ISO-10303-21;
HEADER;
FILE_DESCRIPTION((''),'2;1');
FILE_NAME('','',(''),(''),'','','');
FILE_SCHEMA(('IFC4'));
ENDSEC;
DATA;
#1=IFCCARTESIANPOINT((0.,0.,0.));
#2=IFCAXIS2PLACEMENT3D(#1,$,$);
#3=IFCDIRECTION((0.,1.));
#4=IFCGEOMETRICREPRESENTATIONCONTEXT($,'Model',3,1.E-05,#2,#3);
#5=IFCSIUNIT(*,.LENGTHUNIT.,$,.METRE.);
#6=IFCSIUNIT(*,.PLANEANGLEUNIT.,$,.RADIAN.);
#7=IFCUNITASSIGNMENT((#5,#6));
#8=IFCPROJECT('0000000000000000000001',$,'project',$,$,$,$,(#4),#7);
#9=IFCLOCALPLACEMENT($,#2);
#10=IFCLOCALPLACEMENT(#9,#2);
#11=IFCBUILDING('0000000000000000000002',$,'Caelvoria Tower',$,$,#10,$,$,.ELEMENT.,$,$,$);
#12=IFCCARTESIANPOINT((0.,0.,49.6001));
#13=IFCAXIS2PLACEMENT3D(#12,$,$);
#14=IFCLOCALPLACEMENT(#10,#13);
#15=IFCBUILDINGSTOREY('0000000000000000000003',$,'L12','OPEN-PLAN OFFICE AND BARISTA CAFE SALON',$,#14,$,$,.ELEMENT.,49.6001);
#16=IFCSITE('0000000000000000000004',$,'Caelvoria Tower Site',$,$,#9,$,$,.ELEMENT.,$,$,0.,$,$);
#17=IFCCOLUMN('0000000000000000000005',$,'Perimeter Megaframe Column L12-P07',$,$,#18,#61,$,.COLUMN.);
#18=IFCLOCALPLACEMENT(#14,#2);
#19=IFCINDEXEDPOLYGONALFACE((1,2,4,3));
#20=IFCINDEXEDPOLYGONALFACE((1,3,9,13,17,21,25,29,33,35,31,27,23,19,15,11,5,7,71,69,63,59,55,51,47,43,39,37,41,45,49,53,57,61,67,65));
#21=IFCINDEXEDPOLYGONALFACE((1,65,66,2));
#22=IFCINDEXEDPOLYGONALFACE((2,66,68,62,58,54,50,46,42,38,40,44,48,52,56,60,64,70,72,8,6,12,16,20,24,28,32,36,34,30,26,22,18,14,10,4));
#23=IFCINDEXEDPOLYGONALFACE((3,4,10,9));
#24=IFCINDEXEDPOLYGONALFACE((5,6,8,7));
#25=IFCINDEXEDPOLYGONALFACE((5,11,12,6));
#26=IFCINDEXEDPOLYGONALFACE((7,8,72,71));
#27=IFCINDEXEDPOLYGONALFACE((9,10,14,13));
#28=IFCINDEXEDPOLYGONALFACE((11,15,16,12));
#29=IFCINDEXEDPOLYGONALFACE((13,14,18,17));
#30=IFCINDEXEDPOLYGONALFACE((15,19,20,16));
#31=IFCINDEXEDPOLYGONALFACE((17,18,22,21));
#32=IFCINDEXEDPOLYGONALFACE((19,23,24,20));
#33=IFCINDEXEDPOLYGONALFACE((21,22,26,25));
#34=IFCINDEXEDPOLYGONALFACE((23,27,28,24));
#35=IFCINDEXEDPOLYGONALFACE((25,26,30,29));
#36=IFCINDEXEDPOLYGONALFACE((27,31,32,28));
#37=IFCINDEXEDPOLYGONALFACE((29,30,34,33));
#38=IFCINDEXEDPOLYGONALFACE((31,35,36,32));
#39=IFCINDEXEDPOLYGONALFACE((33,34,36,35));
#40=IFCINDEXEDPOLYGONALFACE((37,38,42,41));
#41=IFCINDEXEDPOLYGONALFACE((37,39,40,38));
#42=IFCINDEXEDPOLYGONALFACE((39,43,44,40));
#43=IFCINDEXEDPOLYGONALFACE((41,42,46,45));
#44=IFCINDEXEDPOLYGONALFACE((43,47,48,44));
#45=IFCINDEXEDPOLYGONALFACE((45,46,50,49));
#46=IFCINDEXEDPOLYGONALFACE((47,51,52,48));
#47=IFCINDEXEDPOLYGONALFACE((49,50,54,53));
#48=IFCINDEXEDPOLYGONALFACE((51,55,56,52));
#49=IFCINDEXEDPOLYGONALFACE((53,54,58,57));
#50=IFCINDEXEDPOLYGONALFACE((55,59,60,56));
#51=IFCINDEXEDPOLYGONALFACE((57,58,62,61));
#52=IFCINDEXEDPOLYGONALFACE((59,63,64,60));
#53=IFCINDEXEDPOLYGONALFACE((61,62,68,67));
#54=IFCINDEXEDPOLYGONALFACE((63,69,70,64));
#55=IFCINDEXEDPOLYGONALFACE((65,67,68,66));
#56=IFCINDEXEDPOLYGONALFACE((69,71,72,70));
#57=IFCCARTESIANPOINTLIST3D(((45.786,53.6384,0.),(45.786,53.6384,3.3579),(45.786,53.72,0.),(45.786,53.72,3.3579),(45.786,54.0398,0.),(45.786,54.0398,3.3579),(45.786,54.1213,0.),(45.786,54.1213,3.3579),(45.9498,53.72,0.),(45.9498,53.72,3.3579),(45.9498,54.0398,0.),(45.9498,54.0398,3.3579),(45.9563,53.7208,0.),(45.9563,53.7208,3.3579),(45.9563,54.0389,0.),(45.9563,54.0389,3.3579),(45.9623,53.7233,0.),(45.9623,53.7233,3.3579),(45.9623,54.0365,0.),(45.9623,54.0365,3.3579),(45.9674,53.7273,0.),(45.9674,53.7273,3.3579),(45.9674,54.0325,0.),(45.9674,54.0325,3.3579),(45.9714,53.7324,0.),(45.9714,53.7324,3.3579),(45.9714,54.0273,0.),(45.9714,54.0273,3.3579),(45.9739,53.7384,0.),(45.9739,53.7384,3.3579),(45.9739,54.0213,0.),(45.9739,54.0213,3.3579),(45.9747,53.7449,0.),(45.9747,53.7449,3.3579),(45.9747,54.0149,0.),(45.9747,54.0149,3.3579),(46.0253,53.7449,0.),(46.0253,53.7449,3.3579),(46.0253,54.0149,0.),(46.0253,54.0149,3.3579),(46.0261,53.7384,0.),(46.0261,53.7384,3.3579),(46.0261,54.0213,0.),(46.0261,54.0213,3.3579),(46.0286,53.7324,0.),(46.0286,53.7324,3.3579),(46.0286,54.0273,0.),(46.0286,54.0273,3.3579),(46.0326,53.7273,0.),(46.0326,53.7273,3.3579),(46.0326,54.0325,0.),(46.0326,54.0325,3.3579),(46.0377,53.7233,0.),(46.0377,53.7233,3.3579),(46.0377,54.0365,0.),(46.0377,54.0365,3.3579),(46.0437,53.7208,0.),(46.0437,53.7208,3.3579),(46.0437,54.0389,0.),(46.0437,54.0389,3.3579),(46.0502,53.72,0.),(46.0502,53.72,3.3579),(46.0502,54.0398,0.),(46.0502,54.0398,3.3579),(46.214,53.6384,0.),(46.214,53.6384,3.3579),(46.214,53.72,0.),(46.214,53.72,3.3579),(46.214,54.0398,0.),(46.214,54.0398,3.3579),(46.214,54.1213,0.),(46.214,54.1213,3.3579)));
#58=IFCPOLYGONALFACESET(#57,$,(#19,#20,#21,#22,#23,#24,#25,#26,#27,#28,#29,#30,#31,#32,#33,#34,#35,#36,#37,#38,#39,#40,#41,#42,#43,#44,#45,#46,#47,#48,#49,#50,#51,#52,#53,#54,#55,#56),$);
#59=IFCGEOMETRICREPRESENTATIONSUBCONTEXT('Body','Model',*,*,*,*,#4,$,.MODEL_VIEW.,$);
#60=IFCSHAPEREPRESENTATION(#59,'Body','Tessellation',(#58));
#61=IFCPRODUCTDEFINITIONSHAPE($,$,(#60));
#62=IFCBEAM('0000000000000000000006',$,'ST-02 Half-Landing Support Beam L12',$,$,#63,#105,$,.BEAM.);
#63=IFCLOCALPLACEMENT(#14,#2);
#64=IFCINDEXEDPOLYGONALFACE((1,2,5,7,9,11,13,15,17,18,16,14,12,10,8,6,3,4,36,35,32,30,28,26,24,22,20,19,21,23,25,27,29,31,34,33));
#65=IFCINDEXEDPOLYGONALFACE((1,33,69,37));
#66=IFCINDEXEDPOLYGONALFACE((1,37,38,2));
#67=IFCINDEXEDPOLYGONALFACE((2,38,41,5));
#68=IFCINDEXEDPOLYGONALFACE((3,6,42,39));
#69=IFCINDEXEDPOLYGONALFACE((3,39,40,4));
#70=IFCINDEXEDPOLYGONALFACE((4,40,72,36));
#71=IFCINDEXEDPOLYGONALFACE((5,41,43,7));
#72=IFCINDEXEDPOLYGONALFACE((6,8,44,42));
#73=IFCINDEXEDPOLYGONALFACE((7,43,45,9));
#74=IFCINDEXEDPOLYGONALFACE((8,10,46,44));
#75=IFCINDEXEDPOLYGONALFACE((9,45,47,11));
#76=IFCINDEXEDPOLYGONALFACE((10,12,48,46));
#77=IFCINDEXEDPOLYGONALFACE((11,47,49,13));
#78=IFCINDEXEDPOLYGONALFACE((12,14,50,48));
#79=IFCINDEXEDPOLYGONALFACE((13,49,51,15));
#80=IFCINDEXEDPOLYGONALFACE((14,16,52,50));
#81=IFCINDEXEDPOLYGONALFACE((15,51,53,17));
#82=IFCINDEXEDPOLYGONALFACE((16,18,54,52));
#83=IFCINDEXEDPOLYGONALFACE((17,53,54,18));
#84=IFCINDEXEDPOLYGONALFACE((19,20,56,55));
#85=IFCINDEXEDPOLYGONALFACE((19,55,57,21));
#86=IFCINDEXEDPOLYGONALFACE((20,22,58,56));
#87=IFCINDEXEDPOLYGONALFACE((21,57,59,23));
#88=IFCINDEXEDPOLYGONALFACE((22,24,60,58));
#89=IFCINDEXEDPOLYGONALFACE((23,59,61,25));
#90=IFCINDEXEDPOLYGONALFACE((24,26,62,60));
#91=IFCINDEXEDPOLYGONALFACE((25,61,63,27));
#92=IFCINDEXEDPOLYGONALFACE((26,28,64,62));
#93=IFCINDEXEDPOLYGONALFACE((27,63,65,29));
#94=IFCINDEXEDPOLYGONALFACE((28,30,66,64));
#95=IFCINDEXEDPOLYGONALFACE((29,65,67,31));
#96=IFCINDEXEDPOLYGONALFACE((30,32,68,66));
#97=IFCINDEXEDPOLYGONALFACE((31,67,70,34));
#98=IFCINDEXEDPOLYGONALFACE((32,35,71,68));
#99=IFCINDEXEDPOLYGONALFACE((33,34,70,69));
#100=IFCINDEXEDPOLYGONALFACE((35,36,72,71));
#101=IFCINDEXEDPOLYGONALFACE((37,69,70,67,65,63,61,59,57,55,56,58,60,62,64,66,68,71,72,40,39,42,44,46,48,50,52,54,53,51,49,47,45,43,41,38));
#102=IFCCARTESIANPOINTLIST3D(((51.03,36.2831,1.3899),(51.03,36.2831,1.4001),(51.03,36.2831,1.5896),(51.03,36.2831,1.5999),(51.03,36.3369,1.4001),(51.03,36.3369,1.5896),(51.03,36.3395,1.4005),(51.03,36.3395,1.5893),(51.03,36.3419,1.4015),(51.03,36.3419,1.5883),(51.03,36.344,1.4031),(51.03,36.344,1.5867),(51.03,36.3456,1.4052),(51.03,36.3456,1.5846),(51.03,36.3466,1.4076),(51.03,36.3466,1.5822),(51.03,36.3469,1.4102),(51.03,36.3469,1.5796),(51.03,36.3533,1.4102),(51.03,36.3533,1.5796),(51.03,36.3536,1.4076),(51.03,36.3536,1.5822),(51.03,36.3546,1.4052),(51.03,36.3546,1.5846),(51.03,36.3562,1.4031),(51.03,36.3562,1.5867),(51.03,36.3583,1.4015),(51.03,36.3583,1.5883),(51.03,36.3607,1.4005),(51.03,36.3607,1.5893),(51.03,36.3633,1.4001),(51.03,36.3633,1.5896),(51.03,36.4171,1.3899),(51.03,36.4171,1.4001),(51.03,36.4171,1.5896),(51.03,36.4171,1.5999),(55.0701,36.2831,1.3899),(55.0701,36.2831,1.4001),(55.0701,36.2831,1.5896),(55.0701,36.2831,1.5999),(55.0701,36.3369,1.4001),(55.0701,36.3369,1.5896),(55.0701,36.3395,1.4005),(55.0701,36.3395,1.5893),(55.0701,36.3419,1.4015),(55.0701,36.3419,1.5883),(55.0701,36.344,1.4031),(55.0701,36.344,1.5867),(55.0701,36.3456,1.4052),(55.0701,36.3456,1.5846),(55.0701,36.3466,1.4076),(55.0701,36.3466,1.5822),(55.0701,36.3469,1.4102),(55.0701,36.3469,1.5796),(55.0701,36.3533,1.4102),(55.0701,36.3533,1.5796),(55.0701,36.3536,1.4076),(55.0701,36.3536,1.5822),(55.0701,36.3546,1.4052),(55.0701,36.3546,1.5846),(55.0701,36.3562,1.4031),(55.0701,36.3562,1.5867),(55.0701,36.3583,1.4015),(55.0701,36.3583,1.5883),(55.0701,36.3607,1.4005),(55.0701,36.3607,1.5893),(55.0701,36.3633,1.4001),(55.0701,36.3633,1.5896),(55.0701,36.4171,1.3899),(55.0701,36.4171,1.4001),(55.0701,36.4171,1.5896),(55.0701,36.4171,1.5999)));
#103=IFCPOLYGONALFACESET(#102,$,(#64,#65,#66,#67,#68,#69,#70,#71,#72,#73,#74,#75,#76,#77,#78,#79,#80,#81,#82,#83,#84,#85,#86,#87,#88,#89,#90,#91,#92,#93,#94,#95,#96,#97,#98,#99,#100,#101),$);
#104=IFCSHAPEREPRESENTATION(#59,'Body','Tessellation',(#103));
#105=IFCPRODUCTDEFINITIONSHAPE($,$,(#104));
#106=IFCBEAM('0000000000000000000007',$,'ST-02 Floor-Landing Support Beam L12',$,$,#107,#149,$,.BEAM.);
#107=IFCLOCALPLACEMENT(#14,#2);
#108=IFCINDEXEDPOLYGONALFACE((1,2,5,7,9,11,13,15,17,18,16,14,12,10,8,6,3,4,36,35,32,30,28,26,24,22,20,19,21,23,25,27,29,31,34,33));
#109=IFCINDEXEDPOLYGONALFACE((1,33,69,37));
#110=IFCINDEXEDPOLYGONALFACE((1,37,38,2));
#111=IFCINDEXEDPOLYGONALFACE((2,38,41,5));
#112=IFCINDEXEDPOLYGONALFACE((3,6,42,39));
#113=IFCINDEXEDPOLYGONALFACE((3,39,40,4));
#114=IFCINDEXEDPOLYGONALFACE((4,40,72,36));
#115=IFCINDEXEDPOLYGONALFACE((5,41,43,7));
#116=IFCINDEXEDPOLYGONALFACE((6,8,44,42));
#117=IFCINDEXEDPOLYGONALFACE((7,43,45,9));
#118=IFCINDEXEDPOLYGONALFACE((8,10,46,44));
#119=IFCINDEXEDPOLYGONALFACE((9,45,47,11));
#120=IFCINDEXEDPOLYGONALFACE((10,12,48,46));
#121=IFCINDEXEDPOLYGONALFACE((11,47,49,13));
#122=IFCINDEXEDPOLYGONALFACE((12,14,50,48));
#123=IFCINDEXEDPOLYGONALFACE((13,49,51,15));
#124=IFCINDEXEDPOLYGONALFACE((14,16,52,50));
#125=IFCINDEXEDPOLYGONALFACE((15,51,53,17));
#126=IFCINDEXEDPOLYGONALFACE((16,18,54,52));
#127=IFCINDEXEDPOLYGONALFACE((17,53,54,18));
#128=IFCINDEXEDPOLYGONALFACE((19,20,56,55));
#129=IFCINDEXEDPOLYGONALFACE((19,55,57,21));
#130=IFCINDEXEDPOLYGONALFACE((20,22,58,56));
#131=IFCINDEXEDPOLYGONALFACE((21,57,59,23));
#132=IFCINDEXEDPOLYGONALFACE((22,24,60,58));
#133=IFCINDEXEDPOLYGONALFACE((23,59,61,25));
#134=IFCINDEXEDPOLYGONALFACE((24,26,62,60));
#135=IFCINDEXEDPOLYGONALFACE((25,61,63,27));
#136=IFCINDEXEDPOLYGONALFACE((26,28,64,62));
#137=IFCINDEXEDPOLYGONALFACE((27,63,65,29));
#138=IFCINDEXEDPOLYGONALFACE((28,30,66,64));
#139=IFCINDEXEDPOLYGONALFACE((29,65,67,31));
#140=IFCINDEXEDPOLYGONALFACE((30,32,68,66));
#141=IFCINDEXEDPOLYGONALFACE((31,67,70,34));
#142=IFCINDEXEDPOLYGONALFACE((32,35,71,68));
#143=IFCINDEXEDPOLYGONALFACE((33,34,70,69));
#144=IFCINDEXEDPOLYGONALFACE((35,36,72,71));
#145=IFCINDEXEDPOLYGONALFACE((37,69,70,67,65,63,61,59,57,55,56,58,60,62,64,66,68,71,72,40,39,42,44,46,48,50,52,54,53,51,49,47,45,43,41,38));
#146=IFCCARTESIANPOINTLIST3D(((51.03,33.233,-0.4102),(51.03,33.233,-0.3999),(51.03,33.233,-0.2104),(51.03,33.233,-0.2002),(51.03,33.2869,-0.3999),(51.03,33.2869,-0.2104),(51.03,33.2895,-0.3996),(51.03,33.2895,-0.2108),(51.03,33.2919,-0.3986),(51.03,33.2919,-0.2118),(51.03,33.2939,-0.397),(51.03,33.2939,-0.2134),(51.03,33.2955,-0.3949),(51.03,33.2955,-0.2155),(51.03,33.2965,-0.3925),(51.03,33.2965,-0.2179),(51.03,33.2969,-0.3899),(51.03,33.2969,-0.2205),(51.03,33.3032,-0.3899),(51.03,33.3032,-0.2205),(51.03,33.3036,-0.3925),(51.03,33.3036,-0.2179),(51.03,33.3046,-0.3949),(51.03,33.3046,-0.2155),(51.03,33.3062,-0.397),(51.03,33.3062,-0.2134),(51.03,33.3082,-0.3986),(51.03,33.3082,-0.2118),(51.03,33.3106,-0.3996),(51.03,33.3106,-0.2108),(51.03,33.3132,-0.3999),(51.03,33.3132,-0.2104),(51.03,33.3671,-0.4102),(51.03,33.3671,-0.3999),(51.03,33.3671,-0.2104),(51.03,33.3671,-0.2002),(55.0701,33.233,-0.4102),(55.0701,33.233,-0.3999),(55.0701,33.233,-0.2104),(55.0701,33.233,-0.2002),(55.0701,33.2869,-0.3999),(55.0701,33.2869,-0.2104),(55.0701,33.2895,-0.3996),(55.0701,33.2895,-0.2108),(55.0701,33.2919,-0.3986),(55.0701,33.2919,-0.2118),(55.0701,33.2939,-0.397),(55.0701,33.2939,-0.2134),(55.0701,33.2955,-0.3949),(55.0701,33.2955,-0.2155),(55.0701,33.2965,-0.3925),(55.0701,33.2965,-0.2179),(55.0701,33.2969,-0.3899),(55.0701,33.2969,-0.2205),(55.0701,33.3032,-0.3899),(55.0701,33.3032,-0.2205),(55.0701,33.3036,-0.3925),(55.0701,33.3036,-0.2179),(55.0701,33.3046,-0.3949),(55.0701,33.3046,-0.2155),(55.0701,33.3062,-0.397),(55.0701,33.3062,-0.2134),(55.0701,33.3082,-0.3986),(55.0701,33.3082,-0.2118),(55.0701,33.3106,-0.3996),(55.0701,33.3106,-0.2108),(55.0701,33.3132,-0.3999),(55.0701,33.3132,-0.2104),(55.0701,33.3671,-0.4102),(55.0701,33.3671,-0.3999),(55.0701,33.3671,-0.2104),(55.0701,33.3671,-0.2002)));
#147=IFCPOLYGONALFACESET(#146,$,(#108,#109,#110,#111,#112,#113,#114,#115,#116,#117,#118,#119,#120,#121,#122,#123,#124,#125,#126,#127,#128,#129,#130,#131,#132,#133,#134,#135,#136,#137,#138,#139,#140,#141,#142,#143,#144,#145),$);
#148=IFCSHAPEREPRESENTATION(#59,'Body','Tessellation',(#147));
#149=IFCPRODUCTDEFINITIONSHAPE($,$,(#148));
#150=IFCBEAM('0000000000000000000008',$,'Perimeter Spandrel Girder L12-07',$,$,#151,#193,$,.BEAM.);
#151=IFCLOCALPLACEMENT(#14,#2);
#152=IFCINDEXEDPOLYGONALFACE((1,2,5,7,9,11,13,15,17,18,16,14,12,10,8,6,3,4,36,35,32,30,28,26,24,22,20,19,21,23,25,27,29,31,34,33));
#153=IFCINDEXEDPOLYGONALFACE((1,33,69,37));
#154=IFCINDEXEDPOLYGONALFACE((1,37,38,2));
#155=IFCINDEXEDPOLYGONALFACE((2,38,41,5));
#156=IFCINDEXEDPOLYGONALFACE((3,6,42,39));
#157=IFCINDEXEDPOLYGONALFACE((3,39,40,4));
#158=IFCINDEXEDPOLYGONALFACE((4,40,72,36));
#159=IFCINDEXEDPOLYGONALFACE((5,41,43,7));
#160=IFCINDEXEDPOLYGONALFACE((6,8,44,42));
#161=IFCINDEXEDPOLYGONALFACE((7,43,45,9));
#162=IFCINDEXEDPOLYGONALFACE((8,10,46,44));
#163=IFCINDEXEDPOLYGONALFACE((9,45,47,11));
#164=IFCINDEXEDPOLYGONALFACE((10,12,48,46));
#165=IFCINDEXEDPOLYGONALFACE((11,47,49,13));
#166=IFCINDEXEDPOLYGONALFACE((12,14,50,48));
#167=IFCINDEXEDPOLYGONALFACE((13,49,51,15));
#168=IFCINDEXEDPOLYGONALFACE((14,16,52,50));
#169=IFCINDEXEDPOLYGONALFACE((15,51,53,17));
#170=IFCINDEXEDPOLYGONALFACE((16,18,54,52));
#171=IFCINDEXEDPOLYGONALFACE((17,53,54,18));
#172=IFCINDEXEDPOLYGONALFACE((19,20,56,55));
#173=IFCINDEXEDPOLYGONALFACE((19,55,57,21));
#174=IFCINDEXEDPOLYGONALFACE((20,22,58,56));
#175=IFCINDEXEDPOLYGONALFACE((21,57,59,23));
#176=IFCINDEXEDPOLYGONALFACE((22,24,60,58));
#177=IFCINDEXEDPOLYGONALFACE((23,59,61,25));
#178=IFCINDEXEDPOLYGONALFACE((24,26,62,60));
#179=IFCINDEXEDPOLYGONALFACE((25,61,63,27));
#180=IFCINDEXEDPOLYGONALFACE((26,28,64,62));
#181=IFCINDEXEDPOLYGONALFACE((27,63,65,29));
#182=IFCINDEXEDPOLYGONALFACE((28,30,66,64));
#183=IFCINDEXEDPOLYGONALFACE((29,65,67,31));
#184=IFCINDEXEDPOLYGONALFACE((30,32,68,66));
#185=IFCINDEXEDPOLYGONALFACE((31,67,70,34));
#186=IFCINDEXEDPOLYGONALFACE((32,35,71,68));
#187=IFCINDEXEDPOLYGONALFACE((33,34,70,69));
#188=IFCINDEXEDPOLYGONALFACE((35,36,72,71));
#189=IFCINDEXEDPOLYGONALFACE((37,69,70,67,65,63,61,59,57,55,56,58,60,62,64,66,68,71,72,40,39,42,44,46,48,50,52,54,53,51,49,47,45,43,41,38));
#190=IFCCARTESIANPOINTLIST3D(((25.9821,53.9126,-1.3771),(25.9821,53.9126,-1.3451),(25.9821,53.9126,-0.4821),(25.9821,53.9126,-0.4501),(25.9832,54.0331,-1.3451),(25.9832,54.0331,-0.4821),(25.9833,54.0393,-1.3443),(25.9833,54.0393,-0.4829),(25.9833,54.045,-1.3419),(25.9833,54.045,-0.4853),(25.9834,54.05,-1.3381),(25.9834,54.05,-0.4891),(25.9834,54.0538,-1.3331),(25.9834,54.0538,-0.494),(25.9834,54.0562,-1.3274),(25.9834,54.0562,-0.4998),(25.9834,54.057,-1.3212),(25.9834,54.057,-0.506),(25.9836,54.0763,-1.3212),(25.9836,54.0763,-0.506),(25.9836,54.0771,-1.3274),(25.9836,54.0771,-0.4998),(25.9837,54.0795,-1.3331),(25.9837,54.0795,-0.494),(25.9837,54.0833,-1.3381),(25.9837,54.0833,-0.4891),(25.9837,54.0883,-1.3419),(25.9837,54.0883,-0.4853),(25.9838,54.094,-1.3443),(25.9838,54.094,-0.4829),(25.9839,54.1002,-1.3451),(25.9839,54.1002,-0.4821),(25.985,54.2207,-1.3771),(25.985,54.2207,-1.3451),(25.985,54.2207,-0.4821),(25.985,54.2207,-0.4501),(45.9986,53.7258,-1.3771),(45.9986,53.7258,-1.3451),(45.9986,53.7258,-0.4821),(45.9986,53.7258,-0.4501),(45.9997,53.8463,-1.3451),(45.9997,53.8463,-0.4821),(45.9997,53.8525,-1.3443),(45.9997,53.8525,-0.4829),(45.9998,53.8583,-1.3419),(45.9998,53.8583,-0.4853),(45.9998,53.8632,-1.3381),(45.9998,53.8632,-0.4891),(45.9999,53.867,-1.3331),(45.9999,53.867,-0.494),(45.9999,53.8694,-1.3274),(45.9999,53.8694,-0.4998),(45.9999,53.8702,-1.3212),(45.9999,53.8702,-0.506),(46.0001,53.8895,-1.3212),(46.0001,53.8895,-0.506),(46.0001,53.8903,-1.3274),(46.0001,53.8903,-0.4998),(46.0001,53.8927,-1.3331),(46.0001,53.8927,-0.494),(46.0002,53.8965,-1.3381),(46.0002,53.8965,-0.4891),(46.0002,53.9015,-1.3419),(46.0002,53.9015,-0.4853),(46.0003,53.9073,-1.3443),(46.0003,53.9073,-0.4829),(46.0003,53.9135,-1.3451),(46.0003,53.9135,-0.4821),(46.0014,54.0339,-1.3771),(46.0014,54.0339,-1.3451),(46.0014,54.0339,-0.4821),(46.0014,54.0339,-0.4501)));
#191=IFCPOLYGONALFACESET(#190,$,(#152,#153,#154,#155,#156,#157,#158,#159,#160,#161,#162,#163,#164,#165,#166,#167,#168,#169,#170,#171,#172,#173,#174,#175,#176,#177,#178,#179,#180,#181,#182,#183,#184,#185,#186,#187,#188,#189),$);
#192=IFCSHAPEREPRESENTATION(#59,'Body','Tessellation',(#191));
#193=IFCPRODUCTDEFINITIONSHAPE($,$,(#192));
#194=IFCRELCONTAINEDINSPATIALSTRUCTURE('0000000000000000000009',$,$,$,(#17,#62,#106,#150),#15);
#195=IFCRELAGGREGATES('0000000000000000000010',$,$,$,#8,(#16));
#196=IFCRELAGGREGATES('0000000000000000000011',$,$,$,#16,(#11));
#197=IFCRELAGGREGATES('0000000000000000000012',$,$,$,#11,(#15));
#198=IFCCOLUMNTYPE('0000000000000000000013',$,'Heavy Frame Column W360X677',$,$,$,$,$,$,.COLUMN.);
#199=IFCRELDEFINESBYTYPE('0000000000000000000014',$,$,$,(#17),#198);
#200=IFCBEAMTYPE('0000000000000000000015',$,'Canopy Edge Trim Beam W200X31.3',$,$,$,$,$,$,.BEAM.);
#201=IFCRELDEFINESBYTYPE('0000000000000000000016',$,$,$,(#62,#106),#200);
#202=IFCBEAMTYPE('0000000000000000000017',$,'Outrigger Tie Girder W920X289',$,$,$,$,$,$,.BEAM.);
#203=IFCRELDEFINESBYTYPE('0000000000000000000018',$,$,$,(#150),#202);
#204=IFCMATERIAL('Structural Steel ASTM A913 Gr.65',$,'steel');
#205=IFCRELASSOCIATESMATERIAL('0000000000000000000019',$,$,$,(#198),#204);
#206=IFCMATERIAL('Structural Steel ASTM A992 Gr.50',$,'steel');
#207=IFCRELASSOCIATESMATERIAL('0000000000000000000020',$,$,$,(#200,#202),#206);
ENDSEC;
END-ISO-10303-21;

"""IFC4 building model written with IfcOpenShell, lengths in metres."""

from ifc_helpers import new_model, si_unit, direction, frame, origin, origin_2d, place, context, subcontext, project, spatial, i_section, extrude, material, material_profile, profile_set, type_object, element, save


model = new_model("IFC4")

# Units and contexts
model_context = context("Model", 3, precision=1e-05, world=origin(), true_north=direction((0.0, 1.0)))
body_context = subcontext(model_context, "Body", "Model", "MODEL_VIEW")
ifc_project = project(units=[si_unit("LENGTHUNIT", "METRE"), si_unit("PLANEANGLEUNIT", "RADIAN")], contexts=[model_context])

# Site, building, storey
site_placement = place(None, origin())
site = spatial("IfcSite", under=ifc_project, at=site_placement, Name="Caelvoria Tower Site", CompositionType="ELEMENT", RefElevation=0.0)
building_placement = place(site_placement, origin())
building = spatial("IfcBuilding", under=site, at=building_placement, Name="Caelvoria Tower", CompositionType="ELEMENT")
storey_placement = place(building_placement, frame((0.0, 0.0, 49.6001)))
storey = spatial("IfcBuildingStorey", under=building, at=storey_placement, Name="L12", Description="OPEN-PLAN OFFICE AND BARISTA CAFE SALON", CompositionType="ELEMENT", Elevation=49.6001)

# Column
ifc_material_1 = material(Name="Structural Steel ASTM A913 Gr.65", Category="steel")
ifc_material_profile_1 = material_profile(ifc_material_1, i_section(OverallWidth=0.428, OverallDepth=0.4829, WebThickness=0.0505, FlangeThickness=0.0815, FilletRadius=0.0249, at=origin_2d()), Name="Structural Steel ASTM A913 Gr.65")
ifc_profile_set_1 = profile_set([ifc_material_profile_1], Name="W360X677 - Structural Steel ASTM A913 Gr.65")
column_type = type_object("IfcColumnType", Name="Heavy Frame Column W360X677", PredefinedType="COLUMN", material=ifc_profile_set_1)
column_placement = place(storey_placement, frame((46.0, 53.8799, 0.0), z_axis=(0.0, 0.0, 1.0), x_axis=(1.0, 0.0, 0.0)))
element("IfcColumn", 1, at=column_placement, inside=storey, type_object=column_type, Name="Perimeter Megaframe Column L12-P07", PredefinedType="COLUMN", context=body_context, shape_type="SweptSolid", body=[
    extrude(i_section(OverallWidth=0.428, OverallDepth=0.4829, WebThickness=0.0505, FlangeThickness=0.0815, FilletRadius=0.0249, at=origin_2d()), origin(), (0.0, 0.0, 1.0), 3.3579),
])

# Beams
ifc_material_2 = material(Name="Structural Steel ASTM A992 Gr.50", Category="steel")
ifc_material_profile_2 = material_profile(ifc_material_2, i_section(OverallWidth=0.134, OverallDepth=0.21, WebThickness=0.0063, FlangeThickness=0.0103, FilletRadius=0.01, at=origin_2d()), Name="Structural Steel ASTM A992 Gr.50")
ifc_profile_set_2 = profile_set([ifc_material_profile_2], Name="W200X31.3 - Structural Steel ASTM A992 Gr.50")
beam_type_1 = type_object("IfcBeamType", Name="Canopy Edge Trim Beam W200X31.3", PredefinedType="BEAM", material=ifc_profile_set_2)
for number, where, z_axis, x_axis, name in (
    (2, (51.03, 36.3501, 1.4949), (1.0, 0.0, 0.0), (0.0, 1.0, 0.0), "ST-02 Half-Landing Support Beam L12"),
    (3, (51.03, 33.3, -0.3052), (1.0, 0.0, 0.0), (0.0, 1.0, 0.0), "ST-02 Floor-Landing Support Beam L12"),
):
    element("IfcBeam", number, at=place(storey_placement, frame(where, z_axis=z_axis, x_axis=x_axis)), inside=storey, type_object=beam_type_1, Name=name, PredefinedType="BEAM", context=body_context, shape_type="SweptSolid", body=[
        extrude(i_section(OverallWidth=0.134, OverallDepth=0.21, WebThickness=0.0063, FlangeThickness=0.0103, FilletRadius=0.01, at=origin_2d()), origin(), (0.0, 0.0, 1.0), 4.04),
    ])
ifc_material_profile_3 = material_profile(ifc_material_2, i_section(OverallWidth=0.3081, OverallDepth=0.927, WebThickness=0.0193, FlangeThickness=0.032, FilletRadius=0.0239, at=origin_2d()), Name="Structural Steel ASTM A992 Gr.50")
ifc_profile_set_3 = profile_set([ifc_material_profile_3], Name="W920X289 - Structural Steel ASTM A992 Gr.50")
beam_type_2 = type_object("IfcBeamType", Name="Outrigger Tie Girder W920X289", PredefinedType="BEAM", material=ifc_profile_set_3)
beam_1_placement = place(storey_placement, frame((46.0, 53.8799, -0.9136), z_axis=(-0.999956, 0.00933, 0.0), x_axis=(-0.00933, -0.999956, 0.0)))
element("IfcBeam", 4, at=beam_1_placement, inside=storey, type_object=beam_type_2, Name="Perimeter Spandrel Girder L12-07", PredefinedType="BEAM", context=body_context, shape_type="SweptSolid", body=[
    extrude(i_section(OverallWidth=0.3081, OverallDepth=0.927, WebThickness=0.0193, FlangeThickness=0.032, FilletRadius=0.0239, at=origin_2d()), origin(), (0.0, 0.0, 1.0), 20.0173),
])

save(model, "model.ifc")
